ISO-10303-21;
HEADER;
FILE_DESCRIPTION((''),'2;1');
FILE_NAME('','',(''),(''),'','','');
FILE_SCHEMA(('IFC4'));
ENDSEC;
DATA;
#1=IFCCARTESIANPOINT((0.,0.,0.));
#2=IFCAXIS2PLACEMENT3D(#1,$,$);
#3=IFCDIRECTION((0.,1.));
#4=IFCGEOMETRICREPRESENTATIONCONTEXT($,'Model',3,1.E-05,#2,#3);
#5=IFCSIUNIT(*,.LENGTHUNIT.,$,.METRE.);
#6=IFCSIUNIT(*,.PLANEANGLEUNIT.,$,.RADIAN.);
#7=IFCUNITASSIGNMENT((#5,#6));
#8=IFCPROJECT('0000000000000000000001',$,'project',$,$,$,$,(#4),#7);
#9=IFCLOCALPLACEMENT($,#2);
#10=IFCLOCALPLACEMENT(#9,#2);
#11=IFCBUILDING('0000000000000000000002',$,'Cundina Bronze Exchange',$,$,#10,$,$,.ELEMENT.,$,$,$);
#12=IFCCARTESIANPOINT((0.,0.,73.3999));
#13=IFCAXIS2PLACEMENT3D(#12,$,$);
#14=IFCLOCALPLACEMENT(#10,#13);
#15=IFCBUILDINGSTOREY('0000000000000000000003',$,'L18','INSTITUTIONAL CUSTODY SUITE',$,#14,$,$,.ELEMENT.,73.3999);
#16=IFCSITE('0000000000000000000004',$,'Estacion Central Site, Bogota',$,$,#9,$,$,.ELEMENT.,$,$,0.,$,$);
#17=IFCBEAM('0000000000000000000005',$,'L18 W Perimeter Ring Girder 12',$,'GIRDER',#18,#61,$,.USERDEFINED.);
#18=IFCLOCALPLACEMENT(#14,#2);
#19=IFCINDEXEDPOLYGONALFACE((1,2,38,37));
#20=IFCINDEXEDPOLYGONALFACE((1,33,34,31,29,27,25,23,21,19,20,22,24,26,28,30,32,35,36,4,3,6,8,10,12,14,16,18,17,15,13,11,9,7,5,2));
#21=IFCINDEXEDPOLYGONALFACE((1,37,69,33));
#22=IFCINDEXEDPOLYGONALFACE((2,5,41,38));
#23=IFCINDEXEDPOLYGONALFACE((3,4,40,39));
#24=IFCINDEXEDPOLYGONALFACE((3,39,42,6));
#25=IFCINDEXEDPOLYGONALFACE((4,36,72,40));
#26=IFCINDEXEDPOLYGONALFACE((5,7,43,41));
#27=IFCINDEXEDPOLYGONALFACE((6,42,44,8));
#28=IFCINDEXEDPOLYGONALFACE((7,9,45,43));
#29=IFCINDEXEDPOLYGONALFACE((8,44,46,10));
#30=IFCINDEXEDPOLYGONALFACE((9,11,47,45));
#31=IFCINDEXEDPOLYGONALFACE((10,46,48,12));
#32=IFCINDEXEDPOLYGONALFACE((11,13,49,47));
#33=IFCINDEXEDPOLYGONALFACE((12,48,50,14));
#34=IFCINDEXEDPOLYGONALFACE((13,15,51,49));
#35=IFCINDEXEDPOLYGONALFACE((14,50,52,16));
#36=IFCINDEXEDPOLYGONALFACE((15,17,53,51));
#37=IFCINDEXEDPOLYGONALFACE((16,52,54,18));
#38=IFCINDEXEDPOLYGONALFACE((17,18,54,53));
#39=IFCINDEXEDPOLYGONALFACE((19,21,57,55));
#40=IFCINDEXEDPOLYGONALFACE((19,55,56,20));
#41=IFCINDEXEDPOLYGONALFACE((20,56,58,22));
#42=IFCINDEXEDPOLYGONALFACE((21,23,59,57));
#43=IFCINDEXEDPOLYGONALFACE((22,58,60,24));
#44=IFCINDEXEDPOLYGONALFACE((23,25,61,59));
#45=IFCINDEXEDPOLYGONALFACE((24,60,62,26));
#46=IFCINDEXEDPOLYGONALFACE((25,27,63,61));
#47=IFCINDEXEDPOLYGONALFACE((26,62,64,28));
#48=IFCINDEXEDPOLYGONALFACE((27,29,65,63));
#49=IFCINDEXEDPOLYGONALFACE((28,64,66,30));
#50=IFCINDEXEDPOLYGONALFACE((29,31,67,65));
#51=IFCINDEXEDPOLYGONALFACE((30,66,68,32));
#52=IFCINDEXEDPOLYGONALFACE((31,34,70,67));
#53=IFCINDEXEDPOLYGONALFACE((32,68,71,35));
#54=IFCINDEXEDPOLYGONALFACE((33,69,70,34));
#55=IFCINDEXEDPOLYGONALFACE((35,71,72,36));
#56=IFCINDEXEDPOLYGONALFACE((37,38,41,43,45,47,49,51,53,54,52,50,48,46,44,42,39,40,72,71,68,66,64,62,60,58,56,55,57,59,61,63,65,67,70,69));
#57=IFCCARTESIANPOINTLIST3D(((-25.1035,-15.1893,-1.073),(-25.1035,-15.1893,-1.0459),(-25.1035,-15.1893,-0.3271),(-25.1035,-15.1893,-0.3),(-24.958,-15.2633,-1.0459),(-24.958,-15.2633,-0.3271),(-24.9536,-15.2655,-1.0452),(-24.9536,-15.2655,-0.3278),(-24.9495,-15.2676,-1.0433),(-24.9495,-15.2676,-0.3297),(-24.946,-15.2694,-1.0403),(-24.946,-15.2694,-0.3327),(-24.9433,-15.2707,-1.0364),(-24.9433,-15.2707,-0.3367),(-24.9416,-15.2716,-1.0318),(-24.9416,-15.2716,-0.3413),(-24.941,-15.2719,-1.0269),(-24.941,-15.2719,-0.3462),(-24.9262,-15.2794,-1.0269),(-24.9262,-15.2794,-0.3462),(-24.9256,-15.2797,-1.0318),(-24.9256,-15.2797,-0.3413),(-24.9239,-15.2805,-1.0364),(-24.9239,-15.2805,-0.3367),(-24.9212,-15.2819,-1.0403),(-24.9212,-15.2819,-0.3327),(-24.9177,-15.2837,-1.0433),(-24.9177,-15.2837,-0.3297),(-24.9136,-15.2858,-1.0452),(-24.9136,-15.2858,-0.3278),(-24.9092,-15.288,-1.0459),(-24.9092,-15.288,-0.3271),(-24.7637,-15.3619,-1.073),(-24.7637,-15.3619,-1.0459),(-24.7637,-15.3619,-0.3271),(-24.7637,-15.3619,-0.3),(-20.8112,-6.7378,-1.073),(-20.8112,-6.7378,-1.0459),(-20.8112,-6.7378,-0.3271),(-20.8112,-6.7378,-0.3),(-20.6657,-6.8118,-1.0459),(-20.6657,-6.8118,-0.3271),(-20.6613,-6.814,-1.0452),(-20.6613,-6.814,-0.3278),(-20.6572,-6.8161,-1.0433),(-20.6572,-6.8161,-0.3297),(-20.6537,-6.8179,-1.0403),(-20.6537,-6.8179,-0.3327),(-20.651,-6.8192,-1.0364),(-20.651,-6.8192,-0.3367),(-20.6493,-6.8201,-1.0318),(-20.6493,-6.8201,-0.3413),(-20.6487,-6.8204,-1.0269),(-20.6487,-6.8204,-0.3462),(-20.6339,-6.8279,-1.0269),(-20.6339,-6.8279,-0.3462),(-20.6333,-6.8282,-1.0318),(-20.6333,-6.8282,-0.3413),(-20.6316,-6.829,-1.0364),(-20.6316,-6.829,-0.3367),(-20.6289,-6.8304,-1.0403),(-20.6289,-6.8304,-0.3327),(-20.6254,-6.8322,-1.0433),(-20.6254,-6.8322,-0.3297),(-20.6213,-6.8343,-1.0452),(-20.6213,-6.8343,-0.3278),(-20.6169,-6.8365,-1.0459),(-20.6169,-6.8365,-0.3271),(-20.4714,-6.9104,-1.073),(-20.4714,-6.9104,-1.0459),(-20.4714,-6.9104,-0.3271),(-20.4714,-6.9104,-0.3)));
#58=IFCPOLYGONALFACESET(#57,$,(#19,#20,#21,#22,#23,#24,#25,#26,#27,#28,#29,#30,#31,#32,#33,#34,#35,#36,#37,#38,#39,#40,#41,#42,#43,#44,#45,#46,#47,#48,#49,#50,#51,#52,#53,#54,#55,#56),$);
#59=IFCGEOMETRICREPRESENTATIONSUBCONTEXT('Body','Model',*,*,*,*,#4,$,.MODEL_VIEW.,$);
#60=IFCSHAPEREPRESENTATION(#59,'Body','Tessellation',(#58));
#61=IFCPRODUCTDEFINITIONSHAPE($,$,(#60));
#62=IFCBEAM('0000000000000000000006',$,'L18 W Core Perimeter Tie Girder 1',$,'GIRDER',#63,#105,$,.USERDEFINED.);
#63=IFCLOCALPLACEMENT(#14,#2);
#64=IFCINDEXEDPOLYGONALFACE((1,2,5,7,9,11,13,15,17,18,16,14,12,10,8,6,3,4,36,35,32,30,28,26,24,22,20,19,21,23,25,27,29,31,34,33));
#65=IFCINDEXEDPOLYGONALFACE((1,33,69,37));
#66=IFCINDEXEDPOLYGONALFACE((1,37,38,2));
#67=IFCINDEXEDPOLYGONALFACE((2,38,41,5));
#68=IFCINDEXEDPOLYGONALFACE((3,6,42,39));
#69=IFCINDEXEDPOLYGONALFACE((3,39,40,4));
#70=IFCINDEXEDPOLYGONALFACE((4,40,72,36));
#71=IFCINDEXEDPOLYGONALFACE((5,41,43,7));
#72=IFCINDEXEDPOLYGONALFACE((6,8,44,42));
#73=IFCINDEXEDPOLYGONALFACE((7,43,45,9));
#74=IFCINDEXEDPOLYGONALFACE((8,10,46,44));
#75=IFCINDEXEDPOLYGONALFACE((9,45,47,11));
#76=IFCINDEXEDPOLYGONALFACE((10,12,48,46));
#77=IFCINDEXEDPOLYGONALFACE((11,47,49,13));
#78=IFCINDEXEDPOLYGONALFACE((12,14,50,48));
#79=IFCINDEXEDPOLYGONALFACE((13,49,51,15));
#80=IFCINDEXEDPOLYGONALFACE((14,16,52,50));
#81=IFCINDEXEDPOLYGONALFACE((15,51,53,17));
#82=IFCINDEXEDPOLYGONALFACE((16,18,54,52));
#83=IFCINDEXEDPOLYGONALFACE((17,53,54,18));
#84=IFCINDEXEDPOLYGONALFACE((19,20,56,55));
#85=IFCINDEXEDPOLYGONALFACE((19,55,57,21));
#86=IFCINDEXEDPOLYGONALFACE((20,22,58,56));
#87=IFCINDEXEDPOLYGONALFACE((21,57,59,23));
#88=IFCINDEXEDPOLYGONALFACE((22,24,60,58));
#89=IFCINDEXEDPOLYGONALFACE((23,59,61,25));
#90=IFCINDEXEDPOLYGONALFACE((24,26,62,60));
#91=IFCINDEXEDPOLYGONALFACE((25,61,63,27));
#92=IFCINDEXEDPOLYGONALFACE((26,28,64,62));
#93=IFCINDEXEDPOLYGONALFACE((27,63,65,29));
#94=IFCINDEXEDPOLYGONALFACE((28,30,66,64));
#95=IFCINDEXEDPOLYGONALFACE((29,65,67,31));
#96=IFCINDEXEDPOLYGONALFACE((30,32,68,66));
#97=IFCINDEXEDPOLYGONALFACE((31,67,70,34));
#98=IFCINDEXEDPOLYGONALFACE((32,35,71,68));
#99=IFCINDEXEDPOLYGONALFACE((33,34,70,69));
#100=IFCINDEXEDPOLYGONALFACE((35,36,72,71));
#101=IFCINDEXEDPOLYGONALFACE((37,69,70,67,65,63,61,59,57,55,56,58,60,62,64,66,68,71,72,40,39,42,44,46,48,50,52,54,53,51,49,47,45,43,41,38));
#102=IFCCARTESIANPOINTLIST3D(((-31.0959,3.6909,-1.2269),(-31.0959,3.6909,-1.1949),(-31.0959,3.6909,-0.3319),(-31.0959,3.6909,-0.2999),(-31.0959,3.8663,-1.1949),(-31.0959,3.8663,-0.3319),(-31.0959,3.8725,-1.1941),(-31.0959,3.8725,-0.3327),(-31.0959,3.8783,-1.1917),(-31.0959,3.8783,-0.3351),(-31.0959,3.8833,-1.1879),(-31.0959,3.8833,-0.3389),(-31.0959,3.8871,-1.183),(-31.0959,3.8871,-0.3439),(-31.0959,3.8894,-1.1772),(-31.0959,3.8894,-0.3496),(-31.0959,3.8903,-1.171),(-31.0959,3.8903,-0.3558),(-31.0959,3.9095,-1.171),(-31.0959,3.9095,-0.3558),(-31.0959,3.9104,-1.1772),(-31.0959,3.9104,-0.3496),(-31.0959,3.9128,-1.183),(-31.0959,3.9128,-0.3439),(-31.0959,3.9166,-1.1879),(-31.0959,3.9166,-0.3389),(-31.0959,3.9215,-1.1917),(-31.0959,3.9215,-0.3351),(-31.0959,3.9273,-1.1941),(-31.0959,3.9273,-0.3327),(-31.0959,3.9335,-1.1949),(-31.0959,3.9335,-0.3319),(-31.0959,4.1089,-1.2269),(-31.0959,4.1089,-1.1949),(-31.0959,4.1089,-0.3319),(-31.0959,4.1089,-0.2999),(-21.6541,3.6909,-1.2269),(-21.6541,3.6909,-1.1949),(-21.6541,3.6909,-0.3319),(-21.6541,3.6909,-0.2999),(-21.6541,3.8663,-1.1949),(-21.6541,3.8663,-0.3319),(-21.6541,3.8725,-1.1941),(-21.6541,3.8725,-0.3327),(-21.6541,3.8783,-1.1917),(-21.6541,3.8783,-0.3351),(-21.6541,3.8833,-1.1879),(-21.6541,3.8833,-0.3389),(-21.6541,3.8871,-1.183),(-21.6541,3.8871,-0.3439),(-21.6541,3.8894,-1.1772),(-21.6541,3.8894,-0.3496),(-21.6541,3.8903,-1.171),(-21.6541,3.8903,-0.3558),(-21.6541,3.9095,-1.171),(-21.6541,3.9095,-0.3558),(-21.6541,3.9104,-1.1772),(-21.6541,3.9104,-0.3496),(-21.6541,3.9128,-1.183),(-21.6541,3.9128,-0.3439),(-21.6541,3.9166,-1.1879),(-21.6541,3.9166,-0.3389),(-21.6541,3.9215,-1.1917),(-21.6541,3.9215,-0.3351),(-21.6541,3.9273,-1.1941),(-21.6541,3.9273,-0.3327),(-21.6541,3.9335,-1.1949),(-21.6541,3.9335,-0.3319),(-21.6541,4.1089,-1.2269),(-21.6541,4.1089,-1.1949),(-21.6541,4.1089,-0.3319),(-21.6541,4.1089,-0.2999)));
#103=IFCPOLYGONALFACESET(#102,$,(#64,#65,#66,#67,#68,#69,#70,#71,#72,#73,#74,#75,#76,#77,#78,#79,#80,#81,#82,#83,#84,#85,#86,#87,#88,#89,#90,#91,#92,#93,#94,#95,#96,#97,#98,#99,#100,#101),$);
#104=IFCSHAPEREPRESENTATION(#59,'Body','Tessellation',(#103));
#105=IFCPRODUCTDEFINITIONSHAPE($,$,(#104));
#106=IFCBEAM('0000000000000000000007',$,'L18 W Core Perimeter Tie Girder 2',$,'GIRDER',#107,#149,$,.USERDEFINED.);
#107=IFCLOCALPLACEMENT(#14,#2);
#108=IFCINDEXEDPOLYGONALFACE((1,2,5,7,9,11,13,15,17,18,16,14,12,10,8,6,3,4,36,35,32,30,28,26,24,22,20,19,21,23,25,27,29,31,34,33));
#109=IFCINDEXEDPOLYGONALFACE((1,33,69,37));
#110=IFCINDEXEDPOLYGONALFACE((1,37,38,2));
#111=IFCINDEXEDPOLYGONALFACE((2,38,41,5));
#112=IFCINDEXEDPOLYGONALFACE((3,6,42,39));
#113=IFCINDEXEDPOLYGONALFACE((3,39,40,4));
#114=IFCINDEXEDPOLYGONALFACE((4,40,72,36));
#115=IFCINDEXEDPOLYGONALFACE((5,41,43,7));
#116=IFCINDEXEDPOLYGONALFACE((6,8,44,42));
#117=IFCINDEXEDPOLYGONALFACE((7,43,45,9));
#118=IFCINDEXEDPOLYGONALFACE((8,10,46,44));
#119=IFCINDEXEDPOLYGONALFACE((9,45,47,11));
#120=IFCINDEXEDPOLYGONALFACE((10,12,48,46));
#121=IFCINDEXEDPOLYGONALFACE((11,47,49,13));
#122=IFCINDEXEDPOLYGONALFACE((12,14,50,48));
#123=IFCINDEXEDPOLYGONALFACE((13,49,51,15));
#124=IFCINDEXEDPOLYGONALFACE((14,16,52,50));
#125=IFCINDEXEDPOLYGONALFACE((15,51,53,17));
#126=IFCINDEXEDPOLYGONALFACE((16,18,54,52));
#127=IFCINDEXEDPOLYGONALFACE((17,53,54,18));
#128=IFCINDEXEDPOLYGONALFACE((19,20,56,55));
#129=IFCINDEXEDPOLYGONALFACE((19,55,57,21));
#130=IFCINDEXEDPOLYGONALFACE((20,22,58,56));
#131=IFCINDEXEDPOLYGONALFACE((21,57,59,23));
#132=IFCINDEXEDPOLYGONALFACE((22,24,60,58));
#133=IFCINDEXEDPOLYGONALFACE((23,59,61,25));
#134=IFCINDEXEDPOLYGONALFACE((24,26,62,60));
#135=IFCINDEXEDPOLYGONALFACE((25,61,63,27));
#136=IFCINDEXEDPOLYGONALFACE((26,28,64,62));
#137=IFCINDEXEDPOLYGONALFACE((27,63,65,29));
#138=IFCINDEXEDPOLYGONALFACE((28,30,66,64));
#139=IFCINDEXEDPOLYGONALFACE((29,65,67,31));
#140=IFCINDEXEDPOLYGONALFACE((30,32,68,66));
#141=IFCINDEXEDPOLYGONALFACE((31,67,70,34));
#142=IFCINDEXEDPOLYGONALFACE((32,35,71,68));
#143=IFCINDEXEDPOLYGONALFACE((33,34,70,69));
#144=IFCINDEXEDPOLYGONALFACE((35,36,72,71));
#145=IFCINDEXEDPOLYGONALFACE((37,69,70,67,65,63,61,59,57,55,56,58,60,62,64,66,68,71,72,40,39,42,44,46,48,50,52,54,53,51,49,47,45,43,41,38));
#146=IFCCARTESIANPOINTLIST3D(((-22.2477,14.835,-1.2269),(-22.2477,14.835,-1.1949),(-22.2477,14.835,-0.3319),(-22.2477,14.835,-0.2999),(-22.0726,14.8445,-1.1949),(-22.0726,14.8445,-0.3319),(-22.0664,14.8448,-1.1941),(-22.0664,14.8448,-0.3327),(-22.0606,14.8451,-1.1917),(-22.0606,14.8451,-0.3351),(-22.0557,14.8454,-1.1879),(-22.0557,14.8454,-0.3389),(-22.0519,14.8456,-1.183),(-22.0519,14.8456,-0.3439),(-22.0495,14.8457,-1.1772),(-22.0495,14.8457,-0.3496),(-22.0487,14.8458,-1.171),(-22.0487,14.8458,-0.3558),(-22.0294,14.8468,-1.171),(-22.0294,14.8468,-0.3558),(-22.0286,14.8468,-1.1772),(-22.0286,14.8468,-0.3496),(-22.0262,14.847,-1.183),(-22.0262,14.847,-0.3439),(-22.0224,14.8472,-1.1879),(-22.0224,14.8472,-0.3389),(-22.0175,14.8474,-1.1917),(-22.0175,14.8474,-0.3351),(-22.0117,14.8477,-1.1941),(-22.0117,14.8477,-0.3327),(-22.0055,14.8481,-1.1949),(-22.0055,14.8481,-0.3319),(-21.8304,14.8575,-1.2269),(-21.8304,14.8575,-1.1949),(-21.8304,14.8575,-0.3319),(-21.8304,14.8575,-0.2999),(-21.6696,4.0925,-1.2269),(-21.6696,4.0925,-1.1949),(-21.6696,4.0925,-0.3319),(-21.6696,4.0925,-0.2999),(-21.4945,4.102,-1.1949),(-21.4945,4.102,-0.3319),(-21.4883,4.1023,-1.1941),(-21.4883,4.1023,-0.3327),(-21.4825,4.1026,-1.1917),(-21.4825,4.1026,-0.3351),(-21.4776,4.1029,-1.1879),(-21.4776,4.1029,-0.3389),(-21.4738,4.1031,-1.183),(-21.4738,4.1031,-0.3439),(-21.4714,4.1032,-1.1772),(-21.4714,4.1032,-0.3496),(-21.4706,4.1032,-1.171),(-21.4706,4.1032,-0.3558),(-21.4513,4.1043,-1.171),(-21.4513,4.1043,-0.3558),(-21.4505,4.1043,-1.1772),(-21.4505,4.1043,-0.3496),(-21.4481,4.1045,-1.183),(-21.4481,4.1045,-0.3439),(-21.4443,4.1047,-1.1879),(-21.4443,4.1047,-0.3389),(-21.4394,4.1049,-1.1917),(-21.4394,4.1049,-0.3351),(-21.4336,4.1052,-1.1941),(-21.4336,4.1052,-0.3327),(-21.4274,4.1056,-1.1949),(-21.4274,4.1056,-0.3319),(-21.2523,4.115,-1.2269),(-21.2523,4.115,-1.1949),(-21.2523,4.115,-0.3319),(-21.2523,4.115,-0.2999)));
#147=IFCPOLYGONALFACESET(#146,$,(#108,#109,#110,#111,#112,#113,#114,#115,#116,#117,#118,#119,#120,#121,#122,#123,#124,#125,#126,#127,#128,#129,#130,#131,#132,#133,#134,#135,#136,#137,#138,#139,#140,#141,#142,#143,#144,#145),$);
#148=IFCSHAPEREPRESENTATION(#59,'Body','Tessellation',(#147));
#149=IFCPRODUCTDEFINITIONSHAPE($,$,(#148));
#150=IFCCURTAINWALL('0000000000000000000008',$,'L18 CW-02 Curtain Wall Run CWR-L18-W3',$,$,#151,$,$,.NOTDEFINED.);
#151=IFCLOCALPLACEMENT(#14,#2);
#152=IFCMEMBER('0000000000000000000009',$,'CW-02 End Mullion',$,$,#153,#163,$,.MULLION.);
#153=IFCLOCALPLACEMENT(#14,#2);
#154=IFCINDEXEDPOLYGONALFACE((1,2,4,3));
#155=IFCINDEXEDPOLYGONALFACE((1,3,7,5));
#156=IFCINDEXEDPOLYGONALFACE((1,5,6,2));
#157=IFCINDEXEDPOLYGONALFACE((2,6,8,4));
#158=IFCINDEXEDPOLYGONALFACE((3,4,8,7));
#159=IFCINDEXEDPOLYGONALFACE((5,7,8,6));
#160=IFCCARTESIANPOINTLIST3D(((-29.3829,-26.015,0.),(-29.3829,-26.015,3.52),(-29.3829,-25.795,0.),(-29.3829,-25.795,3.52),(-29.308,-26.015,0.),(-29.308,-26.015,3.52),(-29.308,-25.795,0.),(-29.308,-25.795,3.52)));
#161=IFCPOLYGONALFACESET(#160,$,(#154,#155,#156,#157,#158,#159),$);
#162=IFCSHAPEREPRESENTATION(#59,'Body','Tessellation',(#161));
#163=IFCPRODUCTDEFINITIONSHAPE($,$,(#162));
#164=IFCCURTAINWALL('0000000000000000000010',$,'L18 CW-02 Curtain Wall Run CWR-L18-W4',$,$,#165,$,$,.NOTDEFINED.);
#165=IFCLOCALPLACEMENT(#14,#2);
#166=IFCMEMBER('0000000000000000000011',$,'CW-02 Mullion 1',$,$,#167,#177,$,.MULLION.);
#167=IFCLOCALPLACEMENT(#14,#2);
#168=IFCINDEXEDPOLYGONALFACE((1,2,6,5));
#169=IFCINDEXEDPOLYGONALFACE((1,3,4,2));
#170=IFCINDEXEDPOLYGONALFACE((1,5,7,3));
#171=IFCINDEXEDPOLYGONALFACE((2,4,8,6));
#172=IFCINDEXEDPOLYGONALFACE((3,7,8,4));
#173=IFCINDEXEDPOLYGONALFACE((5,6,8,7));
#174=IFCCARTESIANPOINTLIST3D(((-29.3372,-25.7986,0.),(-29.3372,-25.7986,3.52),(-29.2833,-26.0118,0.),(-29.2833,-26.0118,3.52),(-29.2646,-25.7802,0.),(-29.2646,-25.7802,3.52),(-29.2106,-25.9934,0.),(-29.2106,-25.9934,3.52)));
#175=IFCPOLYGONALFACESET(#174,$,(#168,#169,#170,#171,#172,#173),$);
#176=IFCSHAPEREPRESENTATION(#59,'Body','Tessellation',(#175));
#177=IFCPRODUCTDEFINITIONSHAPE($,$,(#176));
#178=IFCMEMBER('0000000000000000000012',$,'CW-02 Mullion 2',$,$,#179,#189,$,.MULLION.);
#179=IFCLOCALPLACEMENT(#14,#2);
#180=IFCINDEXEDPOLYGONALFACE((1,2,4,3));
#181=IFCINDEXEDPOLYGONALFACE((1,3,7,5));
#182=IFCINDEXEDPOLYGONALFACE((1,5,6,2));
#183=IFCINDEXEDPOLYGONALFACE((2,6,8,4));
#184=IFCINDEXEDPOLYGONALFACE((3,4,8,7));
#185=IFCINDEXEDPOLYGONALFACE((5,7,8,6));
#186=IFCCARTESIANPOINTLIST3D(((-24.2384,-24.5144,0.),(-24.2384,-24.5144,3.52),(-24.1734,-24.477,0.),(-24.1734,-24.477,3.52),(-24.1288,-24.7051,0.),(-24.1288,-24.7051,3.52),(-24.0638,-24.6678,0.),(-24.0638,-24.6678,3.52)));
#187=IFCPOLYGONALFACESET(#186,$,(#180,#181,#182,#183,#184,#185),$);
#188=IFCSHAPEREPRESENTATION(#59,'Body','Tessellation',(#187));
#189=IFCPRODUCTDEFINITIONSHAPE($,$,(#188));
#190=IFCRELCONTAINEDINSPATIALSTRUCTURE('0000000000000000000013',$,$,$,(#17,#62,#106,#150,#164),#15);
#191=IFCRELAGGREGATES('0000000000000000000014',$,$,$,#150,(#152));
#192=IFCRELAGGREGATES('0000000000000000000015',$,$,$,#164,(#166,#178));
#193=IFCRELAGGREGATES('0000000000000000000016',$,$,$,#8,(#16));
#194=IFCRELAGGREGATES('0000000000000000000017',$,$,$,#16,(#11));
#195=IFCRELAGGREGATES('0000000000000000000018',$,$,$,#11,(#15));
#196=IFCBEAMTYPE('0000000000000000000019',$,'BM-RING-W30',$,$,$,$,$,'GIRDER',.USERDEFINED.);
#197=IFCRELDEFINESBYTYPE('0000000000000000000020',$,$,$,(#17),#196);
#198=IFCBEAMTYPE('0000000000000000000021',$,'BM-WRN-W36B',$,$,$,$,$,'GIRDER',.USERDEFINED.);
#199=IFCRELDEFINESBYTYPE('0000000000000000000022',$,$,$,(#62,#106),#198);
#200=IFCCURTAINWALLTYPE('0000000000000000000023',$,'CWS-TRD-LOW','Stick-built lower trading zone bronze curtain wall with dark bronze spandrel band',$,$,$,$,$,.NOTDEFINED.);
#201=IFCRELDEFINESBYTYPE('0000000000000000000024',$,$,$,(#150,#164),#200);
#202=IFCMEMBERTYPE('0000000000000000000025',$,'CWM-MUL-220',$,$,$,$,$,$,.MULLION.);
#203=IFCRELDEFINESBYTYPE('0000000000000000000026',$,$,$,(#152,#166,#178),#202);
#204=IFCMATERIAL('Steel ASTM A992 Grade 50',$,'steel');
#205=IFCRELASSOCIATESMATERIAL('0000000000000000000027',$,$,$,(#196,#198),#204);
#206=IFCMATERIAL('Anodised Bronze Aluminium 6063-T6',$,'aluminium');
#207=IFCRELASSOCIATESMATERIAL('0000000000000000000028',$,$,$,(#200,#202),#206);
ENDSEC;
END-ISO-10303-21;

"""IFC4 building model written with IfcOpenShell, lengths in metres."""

from ifc_helpers import new_model, si_unit, direction, frame, origin, origin_2d, place, context, subcontext, project, spatial, rectangle, i_section, extrude, material, material_profile, profile_set, type_object, element, aggregate, save


model = new_model("IFC4")

# Units and contexts
model_context = context("Model", 3, precision=1e-05, world=origin(), true_north=direction((0.0, 1.0)))
body_context = subcontext(model_context, "Body", "Model", "MODEL_VIEW")
ifc_project = project(units=[si_unit("LENGTHUNIT", "METRE"), si_unit("PLANEANGLEUNIT", "RADIAN")], contexts=[model_context])

# Site, building, storey
site_placement = place(None, origin())
site = spatial("IfcSite", under=ifc_project, at=site_placement, Name="Estacion Central Site, Bogota", CompositionType="ELEMENT", RefElevation=0.0)
building_placement = place(site_placement, origin())
building = spatial("IfcBuilding", under=site, at=building_placement, Name="Cundina Bronze Exchange", CompositionType="ELEMENT")
storey_placement = place(building_placement, frame((0.0, 0.0, 73.3999)))
storey = spatial("IfcBuildingStorey", under=building, at=storey_placement, Name="L18", Description="INSTITUTIONAL CUSTODY SUITE", CompositionType="ELEMENT", Elevation=73.3999)

# Shared definitions
ifc_material_1 = material(Name="Steel ASTM A992 Grade 50", Category="steel")

# Beams
ifc_material_profile_1 = material_profile(ifc_material_1, i_section(OverallWidth=0.3811, OverallDepth=0.7729, WebThickness=0.0166, FlangeThickness=0.0271, FilletRadius=0.019, at=origin_2d()), Name="W30X173", Category="steel")
ifc_profile_set_1 = profile_set([ifc_material_profile_1], Name="Steel ASTM A992 Grade 50")
beam_type_1 = type_object("IfcBeamType", Name="BM-RING-W30", ElementType="GIRDER", PredefinedType="USERDEFINED", material=ifc_profile_set_1)
beam_1_placement = place(storey_placement, frame((-24.9336, -15.2756, -0.6865), z_axis=(0.45282, 0.891602, 0.0), x_axis=(-0.891602, 0.45282, 0.0)))
element("IfcBeam", 1, at=beam_1_placement, inside=storey, type_object=beam_type_1, Name="L18 W Perimeter Ring Girder 12", ObjectType="GIRDER", PredefinedType="USERDEFINED", context=body_context, shape_type="SweptSolid", body=[
    extrude(i_section(OverallWidth=0.3811, OverallDepth=0.7729, WebThickness=0.0166, FlangeThickness=0.0271, FilletRadius=0.019, at=origin_2d()), origin(), (0.0, 0.0, 1.0), 9.479),
])
ifc_material_profile_2 = material_profile(ifc_material_1, i_section(OverallWidth=0.418, OverallDepth=0.927, WebThickness=0.0193, FlangeThickness=0.032, FilletRadius=0.0239, at=origin_2d()), Name="W36X231", Category="steel")
ifc_profile_set_2 = profile_set([ifc_material_profile_2], Name="Steel ASTM A992 Grade 50")
beam_type_2 = type_object("IfcBeamType", Name="BM-WRN-W36B", ElementType="GIRDER", PredefinedType="USERDEFINED", material=ifc_profile_set_2)
beam_2_placement = place(storey_placement, frame((-31.0959, 3.8999, -0.7634), z_axis=(1.0, 0.0, 0.0), x_axis=(0.0, 1.0, 0.0)))
element("IfcBeam", 2, at=beam_2_placement, inside=storey, type_object=beam_type_2, Name="L18 W Core Perimeter Tie Girder 1", ObjectType="GIRDER", PredefinedType="USERDEFINED", context=body_context, shape_type="SweptSolid", body=[
    extrude(i_section(OverallWidth=0.418, OverallDepth=0.927, WebThickness=0.0193, FlangeThickness=0.032, FilletRadius=0.0239, at=origin_2d()), origin(), (0.0, 0.0, 1.0), 9.4419),
])
beam_3_placement = place(storey_placement, frame((-21.4609, 4.1038, -0.7634), z_axis=(-0.053739, 0.998555, 0.0), x_axis=(-0.998555, -0.053739, 0.0)))
element("IfcBeam", 3, at=beam_3_placement, inside=storey, type_object=beam_type_2, Name="L18 W Core Perimeter Tie Girder 2", ObjectType="GIRDER", PredefinedType="USERDEFINED", context=body_context, shape_type="SweptSolid", body=[
    extrude(i_section(OverallWidth=0.418, OverallDepth=0.927, WebThickness=0.0193, FlangeThickness=0.032, FilletRadius=0.0239, at=origin_2d()), origin(), (0.0, 0.0, 1.0), 10.7581),
])

# Curtain wall, member
ifc_material_2 = material(Name="Anodised Bronze Aluminium 6063-T6", Category="aluminium")
curtain_wall_type = type_object("IfcCurtainWallType", Name="CWS-TRD-LOW", Description="Stick-built lower trading zone bronze curtain wall with dark bronze spandrel band", PredefinedType="NOTDEFINED", material=ifc_material_2)
curtain_wall_1_placement = place(storey_placement, origin())
curtain_wall_1 = element("IfcCurtainWall", 4, at=curtain_wall_1_placement, inside=storey, type_object=curtain_wall_type, Name="L18 CW-02 Curtain Wall Run CWR-L18-W3", PredefinedType="NOTDEFINED")
ifc_material_profile_3 = material_profile(ifc_material_2, rectangle(XDim=0.075, YDim=0.22, at=origin_2d()), Name="AL75X220", Category="aluminium")
ifc_profile_set_3 = profile_set([ifc_material_profile_3], Name="Anodised Bronze Aluminium 6063-T6")
member_type_1 = type_object("IfcMemberType", Name="CWM-MUL-220", PredefinedType="MULLION", material=ifc_profile_set_3)
member_1_placement = place(storey_placement, frame((-29.3455, -25.905, 0.0), z_axis=(0.0, 0.0, 1.0), x_axis=(1.0, 0.0, 0.0)))
member_1 = element("IfcMember", 5, at=member_1_placement, type_object=member_type_1, Name="CW-02 End Mullion", PredefinedType="MULLION", context=body_context, shape_type="SweptSolid", body=[
    extrude(rectangle(XDim=0.075, YDim=0.22, at=origin_2d()), origin(), (0.0, 0.0, 1.0), 3.52),
])
aggregate(curtain_wall_1, [member_1])

# Curtain wall, members
curtain_wall_2_placement = place(storey_placement, origin())
curtain_wall_2 = element("IfcCurtainWall", 6, at=curtain_wall_2_placement, inside=storey, type_object=curtain_wall_type, Name="L18 CW-02 Curtain Wall Run CWR-L18-W4", PredefinedType="NOTDEFINED")
member_2_placement = place(storey_placement, frame((-29.2739, -25.896, 0.0), z_axis=(0.0, 0.0, 1.0), x_axis=(0.969488, 0.245138, 0.0)))
member_2 = element("IfcMember", 7, at=member_2_placement, type_object=member_type_1, Name="CW-02 Mullion 1", PredefinedType="MULLION", context=body_context, shape_type="SweptSolid", body=[
    extrude(rectangle(XDim=0.075, YDim=0.22, at=origin_2d()), origin(), (0.0, 0.0, 1.0), 3.52),
])
member_3_placement = place(storey_placement, frame((-24.1511, -24.5911, 0.0), z_axis=(0.0, 0.0, 1.0), x_axis=(0.867071, 0.498185, 0.0)))
member_3 = element("IfcMember", 8, at=member_3_placement, type_object=member_type_1, Name="CW-02 Mullion 2", PredefinedType="MULLION", context=body_context, shape_type="SweptSolid", body=[
    extrude(rectangle(XDim=0.075, YDim=0.22, at=origin_2d()), origin(), (0.0, 0.0, 1.0), 3.52),
])
aggregate(curtain_wall_2, [member_2, member_3])

save(model, "model.ifc")
